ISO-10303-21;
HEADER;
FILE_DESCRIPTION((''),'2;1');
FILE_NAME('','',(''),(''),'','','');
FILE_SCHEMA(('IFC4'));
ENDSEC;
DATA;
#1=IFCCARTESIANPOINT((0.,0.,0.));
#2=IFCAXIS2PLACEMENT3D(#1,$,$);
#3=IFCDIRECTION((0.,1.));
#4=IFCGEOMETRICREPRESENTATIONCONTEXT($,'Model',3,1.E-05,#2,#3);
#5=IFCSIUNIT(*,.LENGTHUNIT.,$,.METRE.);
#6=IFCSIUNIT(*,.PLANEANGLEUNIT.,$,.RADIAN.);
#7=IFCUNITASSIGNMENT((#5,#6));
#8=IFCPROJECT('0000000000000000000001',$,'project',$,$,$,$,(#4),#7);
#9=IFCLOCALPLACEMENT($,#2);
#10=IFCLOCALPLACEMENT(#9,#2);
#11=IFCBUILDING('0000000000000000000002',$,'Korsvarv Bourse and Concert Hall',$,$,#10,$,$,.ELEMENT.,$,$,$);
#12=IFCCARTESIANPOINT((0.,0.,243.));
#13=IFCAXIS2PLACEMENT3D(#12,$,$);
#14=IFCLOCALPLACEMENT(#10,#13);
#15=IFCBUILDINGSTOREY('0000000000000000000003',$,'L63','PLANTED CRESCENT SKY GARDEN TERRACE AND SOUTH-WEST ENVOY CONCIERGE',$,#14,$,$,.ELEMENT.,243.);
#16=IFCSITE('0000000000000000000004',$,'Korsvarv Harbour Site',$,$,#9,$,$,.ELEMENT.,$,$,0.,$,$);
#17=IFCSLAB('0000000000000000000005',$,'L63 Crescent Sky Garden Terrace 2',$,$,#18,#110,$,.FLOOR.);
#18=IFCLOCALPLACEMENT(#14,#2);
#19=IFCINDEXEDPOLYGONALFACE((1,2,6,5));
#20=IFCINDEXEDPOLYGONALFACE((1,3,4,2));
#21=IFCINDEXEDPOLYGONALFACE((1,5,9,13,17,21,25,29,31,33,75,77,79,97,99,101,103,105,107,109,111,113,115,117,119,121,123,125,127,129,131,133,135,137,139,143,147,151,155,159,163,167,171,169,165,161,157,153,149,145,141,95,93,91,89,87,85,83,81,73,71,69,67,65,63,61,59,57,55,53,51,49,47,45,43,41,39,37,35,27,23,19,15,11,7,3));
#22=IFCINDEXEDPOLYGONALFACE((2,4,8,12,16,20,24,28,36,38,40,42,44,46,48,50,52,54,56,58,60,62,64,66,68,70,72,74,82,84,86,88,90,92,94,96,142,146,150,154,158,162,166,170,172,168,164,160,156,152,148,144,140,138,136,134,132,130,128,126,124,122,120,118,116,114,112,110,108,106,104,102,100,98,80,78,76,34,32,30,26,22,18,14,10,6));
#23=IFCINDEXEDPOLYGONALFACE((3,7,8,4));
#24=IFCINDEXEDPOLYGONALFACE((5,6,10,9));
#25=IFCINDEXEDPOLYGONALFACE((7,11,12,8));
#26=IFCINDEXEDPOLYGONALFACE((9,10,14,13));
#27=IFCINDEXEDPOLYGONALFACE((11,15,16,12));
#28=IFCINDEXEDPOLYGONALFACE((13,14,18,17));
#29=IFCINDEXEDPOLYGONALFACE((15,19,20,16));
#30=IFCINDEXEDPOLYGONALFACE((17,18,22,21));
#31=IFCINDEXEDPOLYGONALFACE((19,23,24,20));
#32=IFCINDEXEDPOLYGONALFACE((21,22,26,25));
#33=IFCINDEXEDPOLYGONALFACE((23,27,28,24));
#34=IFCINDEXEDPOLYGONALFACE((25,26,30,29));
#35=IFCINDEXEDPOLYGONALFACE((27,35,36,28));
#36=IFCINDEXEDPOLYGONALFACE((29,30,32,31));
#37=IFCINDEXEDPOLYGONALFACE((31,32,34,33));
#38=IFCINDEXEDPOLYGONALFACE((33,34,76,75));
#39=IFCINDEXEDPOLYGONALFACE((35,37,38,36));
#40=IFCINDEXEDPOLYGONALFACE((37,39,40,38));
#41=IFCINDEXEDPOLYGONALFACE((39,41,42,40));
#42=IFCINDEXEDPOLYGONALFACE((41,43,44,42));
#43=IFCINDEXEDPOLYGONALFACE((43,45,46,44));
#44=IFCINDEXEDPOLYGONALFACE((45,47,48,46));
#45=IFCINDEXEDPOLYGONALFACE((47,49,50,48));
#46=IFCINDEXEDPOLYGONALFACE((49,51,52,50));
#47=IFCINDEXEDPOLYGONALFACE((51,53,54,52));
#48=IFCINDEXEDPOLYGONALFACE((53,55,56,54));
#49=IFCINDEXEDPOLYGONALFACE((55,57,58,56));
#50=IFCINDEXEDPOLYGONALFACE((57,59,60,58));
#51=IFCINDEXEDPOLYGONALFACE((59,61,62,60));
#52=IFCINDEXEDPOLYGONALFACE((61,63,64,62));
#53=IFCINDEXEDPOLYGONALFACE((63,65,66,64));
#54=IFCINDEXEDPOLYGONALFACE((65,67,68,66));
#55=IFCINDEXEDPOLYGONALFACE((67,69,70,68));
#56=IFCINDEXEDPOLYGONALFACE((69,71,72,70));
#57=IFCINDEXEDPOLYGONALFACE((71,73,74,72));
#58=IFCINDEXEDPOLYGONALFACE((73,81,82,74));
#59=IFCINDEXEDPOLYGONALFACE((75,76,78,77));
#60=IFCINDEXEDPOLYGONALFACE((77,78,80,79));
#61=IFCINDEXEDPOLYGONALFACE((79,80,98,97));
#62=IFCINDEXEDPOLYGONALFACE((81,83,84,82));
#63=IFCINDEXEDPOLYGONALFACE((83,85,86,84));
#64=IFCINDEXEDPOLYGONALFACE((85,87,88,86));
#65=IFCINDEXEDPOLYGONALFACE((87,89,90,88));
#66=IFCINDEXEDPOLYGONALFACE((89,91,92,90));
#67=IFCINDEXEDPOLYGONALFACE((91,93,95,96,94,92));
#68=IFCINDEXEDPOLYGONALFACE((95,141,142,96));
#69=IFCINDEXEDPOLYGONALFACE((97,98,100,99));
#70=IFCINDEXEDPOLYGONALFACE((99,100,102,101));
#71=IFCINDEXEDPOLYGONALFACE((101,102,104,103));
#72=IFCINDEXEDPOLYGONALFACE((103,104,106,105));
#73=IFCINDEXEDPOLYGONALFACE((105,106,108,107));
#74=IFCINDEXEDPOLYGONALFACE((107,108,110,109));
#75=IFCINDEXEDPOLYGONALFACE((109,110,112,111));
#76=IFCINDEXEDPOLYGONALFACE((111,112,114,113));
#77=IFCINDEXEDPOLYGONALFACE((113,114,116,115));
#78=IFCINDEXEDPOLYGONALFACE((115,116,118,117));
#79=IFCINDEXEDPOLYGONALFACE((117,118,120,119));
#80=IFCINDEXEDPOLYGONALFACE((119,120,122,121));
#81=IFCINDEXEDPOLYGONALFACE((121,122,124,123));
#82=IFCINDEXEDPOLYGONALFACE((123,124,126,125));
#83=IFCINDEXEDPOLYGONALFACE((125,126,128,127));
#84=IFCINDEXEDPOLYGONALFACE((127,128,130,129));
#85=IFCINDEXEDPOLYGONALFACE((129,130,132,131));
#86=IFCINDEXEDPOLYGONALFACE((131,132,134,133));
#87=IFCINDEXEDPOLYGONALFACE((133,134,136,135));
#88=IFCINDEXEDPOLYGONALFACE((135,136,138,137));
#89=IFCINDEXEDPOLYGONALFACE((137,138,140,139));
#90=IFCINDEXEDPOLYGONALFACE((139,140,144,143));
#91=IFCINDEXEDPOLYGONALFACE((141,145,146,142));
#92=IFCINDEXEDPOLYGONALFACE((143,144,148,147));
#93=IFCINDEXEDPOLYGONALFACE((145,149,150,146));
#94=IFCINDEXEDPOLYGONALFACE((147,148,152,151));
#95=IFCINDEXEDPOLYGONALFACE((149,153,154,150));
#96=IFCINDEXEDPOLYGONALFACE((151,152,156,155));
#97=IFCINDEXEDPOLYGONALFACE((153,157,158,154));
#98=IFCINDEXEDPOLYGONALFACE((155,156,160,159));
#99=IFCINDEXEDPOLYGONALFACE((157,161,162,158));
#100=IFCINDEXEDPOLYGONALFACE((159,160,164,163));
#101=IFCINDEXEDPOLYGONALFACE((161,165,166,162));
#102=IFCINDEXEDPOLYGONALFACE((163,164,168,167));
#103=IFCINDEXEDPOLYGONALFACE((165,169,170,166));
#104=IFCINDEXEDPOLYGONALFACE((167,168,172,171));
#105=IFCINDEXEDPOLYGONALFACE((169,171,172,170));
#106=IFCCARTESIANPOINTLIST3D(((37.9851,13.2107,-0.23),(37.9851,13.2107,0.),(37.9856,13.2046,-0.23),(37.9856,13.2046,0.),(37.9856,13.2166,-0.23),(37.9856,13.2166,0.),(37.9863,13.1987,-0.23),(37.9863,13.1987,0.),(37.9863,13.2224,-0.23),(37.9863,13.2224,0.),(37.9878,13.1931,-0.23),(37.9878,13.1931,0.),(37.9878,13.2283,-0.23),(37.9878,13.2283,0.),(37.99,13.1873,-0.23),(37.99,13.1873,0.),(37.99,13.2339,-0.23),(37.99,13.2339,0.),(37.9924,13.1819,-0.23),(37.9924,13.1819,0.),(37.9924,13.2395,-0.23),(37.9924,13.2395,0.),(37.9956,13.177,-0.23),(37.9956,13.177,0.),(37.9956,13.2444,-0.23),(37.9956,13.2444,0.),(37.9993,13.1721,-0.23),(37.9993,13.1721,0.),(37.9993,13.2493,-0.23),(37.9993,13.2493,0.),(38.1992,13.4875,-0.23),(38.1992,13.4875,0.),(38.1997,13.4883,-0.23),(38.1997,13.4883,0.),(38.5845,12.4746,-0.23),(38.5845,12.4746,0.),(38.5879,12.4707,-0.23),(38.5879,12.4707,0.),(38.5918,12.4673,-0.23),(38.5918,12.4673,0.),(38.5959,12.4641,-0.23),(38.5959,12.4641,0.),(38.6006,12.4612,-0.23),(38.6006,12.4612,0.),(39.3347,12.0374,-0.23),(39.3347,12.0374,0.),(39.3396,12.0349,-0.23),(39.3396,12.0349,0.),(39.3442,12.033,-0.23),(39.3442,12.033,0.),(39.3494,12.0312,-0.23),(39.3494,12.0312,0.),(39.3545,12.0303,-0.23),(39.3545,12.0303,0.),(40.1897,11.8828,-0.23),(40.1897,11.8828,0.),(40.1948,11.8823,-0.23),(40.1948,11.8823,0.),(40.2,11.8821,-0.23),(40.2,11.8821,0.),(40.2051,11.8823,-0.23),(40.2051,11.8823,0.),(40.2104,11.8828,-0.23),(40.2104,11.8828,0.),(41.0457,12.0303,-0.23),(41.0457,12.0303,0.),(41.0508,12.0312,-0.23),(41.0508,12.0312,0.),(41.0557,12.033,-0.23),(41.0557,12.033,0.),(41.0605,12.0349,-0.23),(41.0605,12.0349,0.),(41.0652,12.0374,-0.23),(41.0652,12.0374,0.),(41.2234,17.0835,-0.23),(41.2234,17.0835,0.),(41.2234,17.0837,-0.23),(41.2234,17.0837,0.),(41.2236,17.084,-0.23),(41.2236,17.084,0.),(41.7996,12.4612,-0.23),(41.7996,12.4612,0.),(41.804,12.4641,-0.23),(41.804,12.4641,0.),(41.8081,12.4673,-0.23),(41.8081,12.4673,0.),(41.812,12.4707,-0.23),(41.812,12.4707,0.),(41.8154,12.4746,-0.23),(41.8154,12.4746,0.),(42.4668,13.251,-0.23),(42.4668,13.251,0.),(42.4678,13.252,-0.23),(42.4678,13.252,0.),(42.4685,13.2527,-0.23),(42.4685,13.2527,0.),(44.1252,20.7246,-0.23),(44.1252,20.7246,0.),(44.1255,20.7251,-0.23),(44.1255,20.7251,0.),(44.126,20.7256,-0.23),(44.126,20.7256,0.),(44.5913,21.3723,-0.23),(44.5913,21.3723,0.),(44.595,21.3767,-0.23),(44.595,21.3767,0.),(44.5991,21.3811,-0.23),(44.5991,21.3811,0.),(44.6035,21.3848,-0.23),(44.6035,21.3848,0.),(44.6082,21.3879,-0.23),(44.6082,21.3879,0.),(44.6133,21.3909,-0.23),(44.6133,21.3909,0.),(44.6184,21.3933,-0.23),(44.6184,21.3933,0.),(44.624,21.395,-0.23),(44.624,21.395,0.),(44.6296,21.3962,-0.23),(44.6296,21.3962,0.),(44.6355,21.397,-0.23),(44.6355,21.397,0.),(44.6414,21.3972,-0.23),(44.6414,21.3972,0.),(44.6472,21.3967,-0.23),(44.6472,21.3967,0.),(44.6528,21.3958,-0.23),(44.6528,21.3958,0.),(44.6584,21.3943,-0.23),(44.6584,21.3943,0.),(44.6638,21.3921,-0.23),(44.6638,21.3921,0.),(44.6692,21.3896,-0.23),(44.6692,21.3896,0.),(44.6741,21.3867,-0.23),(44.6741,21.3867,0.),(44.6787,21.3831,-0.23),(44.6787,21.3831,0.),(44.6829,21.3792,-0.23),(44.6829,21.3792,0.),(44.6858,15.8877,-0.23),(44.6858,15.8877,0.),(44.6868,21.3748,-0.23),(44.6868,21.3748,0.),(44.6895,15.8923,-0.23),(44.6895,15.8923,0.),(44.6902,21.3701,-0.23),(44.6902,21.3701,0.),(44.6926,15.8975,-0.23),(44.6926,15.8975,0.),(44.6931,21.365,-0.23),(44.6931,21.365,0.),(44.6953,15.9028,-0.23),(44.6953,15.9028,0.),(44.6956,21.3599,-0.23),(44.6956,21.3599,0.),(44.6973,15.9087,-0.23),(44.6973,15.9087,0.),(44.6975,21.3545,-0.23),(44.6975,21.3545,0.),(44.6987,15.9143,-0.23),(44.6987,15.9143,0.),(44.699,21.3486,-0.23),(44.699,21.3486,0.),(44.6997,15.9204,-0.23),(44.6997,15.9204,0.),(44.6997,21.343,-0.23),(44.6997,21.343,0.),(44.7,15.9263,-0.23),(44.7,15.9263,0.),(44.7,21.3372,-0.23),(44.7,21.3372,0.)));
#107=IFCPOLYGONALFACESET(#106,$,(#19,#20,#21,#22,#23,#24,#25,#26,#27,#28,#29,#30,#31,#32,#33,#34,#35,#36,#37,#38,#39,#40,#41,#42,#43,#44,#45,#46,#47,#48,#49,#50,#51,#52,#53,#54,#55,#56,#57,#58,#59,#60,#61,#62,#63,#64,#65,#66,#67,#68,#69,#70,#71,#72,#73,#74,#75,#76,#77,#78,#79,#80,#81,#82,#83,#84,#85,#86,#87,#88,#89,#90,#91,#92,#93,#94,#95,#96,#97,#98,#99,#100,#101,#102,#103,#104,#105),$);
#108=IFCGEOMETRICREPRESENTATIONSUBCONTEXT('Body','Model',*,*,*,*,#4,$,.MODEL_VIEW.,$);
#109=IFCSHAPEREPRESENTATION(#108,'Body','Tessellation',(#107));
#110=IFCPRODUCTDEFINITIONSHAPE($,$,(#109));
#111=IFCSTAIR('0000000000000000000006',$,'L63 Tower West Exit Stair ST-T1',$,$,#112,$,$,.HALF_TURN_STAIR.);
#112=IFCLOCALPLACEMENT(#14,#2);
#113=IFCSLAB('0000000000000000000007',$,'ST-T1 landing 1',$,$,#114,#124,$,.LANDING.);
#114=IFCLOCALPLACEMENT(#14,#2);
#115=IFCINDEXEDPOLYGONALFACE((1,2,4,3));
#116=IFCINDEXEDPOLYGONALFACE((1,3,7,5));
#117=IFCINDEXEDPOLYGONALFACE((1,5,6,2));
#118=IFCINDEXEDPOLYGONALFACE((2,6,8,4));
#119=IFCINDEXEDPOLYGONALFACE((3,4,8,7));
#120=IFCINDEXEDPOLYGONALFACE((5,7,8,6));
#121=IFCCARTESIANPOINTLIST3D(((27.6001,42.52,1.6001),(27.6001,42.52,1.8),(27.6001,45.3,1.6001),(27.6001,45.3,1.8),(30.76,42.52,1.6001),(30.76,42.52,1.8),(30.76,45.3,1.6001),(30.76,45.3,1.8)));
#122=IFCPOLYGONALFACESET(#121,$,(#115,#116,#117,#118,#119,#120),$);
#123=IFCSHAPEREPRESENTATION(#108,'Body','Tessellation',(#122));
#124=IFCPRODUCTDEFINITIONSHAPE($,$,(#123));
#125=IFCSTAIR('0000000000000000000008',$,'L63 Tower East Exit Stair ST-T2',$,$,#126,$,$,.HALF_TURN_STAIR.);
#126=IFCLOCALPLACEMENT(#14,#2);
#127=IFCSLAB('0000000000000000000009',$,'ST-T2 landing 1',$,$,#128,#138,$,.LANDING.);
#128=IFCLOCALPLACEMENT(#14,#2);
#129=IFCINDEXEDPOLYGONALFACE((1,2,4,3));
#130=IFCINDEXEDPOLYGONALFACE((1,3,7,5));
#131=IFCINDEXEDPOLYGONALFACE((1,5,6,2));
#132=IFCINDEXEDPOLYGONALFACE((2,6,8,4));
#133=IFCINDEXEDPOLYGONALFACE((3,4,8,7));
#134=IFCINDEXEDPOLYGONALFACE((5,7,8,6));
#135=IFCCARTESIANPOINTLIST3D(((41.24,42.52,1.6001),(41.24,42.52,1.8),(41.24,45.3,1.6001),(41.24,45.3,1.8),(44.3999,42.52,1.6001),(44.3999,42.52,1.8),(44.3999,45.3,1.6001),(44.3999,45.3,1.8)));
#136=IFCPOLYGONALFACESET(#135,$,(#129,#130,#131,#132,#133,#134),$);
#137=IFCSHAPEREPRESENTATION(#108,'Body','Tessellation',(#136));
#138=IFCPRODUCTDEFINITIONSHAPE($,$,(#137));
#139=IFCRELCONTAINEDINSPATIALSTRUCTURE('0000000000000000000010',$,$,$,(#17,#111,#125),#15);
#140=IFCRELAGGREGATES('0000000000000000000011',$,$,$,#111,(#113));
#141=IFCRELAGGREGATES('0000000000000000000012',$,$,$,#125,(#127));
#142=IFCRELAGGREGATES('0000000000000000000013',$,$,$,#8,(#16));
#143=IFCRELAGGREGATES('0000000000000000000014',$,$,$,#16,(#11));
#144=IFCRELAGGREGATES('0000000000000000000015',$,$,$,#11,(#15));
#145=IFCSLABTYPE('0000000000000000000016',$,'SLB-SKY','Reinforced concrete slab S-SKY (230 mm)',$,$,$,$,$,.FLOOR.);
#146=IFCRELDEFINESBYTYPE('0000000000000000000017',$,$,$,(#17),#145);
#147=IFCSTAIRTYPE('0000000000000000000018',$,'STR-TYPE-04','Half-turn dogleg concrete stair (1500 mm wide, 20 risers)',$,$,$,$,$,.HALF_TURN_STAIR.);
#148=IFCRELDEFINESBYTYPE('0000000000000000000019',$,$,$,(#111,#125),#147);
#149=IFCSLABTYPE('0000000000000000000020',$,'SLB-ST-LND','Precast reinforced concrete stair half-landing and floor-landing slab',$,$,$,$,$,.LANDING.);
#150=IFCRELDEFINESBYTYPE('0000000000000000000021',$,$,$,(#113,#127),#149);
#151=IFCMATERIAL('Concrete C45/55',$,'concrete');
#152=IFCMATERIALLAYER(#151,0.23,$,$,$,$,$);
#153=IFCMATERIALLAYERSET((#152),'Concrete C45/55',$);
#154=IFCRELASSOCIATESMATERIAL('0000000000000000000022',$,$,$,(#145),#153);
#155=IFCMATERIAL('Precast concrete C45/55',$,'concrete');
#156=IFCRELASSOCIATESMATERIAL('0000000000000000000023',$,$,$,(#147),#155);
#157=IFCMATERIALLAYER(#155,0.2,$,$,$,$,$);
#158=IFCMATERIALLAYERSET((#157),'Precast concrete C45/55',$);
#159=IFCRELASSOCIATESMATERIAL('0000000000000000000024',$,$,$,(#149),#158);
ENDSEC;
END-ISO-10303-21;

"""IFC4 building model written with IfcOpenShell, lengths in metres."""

from ifc_helpers import new_model, si_unit, direction, frame, origin, place, context, subcontext, project, spatial, polyline, outline, extrude, material, layer, layer_set, type_object, element, aggregate, save


model = new_model("IFC4")

# Units and contexts
model_context = context("Model", 3, precision=1e-05, world=origin(), true_north=direction((0.0, 1.0)))
body_context = subcontext(model_context, "Body", "Model", "MODEL_VIEW")
ifc_project = project(units=[si_unit("LENGTHUNIT", "METRE"), si_unit("PLANEANGLEUNIT", "RADIAN")], contexts=[model_context])

# Site, building, storey
site_placement = place(None, origin())
site = spatial("IfcSite", under=ifc_project, at=site_placement, Name="Korsvarv Harbour Site", CompositionType="ELEMENT", RefElevation=0.0)
building_placement = place(site_placement, origin())
building = spatial("IfcBuilding", under=site, at=building_placement, Name="Korsvarv Bourse and Concert Hall", CompositionType="ELEMENT")
storey_placement = place(building_placement, frame((0.0, 0.0, 243.0)))
storey = spatial("IfcBuildingStorey", under=building, at=storey_placement, Name="L63", Description="PLANTED CRESCENT SKY GARDEN TERRACE AND SOUTH-WEST ENVOY CONCIERGE", CompositionType="ELEMENT", Elevation=243.0)

# Slab
ifc_material_1 = material(Name="Precast concrete C45/55", Category="concrete")
ifc_material_2 = material(Name="Concrete C45/55", Category="concrete")
ifc_layer_1 = layer(ifc_material_2, 0.23)
ifc_layer_set_1 = layer_set([ifc_layer_1], Name="Concrete C45/55")
slab_type_1 = type_object("IfcSlabType", Name="SLB-SKY", Description="Reinforced concrete slab S-SKY (230 mm)", PredefinedType="FLOOR", material=ifc_layer_set_1)
slab_1_placement = place(storey_placement, frame((0.0, 0.0, -0.23)))
element("IfcSlab", 1, at=slab_1_placement, inside=storey, type_object=slab_type_1, Name="L63 Crescent Sky Garden Terrace 2", PredefinedType="FLOOR", context=body_context, shape_type="SweptSolid", body=[
    extrude(outline(polyline([(42.4678, 13.252), (42.4678, 13.252), (42.4668, 13.251), (41.8154, 12.4746), (41.812, 12.4707), (41.8081, 12.4673), (41.804, 12.4641), (41.7996, 12.4612), (41.0652, 12.0374), (41.0605, 12.0349), (41.0557, 12.033), (41.0508, 12.0312), (41.0457, 12.0303), (40.2104, 11.8828), (40.2051, 11.8823), (40.2, 11.8821), (40.1948, 11.8823), (40.1897, 11.8828), (39.3545, 12.0303), (39.3494, 12.0312), (39.3442, 12.033), (39.3396, 12.0349), (39.3347, 12.0374), (38.6006, 12.4612), (38.5959, 12.4641), (38.5918, 12.4673), (38.5879, 12.4707), (38.5845, 12.4746), (37.9993, 13.1721), (37.9956, 13.177), (37.9924, 13.1819), (37.99, 13.1873), (37.9878, 13.1931), (37.9863, 13.1987), (37.9856, 13.2046), (37.9851, 13.2107), (37.9856, 13.2166), (37.9863, 13.2224), (37.9878, 13.2283), (37.99, 13.2339), (37.9924, 13.2395), (37.9956, 13.2444), (37.9993, 13.2493), (38.1992, 13.4875), (38.1997, 13.4883), (41.2234, 17.0835), (41.2234, 17.0837), (41.2236, 17.084), (44.1252, 20.7246), (44.1255, 20.7251), (44.126, 20.7256), (44.5913, 21.3723), (44.595, 21.3767), (44.5991, 21.3811), (44.6035, 21.3848), (44.6082, 21.3879), (44.6133, 21.3909), (44.6184, 21.3933), (44.624, 21.395), (44.6296, 21.3962), (44.6355, 21.397), (44.6414, 21.3972), (44.6472, 21.3967), (44.6528, 21.3958), (44.6584, 21.3943), (44.6638, 21.3921), (44.6692, 21.3896), (44.6741, 21.3867), (44.6787, 21.3831), (44.6829, 21.3792), (44.6868, 21.3748), (44.6902, 21.3701), (44.6931, 21.365), (44.6956, 21.3599), (44.6975, 21.3545), (44.699, 21.3486), (44.6997, 21.343), (44.7, 21.3372), (44.7, 15.9263), (44.6997, 15.9204), (44.6987, 15.9143), (44.6973, 15.9087), (44.6953, 15.9028), (44.6926, 15.8975), (44.6895, 15.8923), (44.6858, 15.8877), (42.4685, 13.2527), (42.4678, 13.252)])), origin(), (0.0, 0.0, 1.0), 0.23),
])

# Stairs, slabs
stair_type = type_object("IfcStairType", Name="STR-TYPE-04", Description="Half-turn dogleg concrete stair (1500 mm wide, 20 risers)", PredefinedType="HALF_TURN_STAIR", material=ifc_material_1)
stair_1_placement = place(storey_placement, origin())
stair_1 = element("IfcStair", 2, at=stair_1_placement, inside=storey, type_object=stair_type, Name="L63 Tower West Exit Stair ST-T1", PredefinedType="HALF_TURN_STAIR")
ifc_layer_2 = layer(ifc_material_1, 0.2)
ifc_layer_set_2 = layer_set([ifc_layer_2], Name="Precast concrete C45/55")
slab_type_2 = type_object("IfcSlabType", Name="SLB-ST-LND", Description="Precast reinforced concrete stair half-landing and floor-landing slab", PredefinedType="LANDING", material=ifc_layer_set_2)
slab_2_placement = place(storey_placement, frame((0.0, 0.0, 1.6001)))
slab_2 = element("IfcSlab", 3, at=slab_2_placement, type_object=slab_type_2, Name="ST-T1 landing 1", PredefinedType="LANDING", context=body_context, shape_type="SweptSolid", body=[
    extrude(outline(polyline([(30.76, 42.52), (30.76, 45.3), (27.6001, 45.3), (27.6001, 42.52), (30.76, 42.52)])), origin(), (0.0, 0.0, 1.0), 0.2),
])
aggregate(stair_1, [slab_2])
stair_2_placement = place(storey_placement, origin())
stair_2 = element("IfcStair", 4, at=stair_2_placement, inside=storey, type_object=stair_type, Name="L63 Tower East Exit Stair ST-T2", PredefinedType="HALF_TURN_STAIR")
slab_3_placement = place(storey_placement, frame((0.0, 0.0, 1.6001)))
slab_3 = element("IfcSlab", 5, at=slab_3_placement, type_object=slab_type_2, Name="ST-T2 landing 1", PredefinedType="LANDING", context=body_context, shape_type="SweptSolid", body=[
    extrude(outline(polyline([(44.3999, 42.52), (44.3999, 45.3), (41.24, 45.3), (41.24, 42.52), (44.3999, 42.52)])), origin(), (0.0, 0.0, 1.0), 0.2),
])
aggregate(stair_2, [slab_3])

save(model, "model.ifc")
